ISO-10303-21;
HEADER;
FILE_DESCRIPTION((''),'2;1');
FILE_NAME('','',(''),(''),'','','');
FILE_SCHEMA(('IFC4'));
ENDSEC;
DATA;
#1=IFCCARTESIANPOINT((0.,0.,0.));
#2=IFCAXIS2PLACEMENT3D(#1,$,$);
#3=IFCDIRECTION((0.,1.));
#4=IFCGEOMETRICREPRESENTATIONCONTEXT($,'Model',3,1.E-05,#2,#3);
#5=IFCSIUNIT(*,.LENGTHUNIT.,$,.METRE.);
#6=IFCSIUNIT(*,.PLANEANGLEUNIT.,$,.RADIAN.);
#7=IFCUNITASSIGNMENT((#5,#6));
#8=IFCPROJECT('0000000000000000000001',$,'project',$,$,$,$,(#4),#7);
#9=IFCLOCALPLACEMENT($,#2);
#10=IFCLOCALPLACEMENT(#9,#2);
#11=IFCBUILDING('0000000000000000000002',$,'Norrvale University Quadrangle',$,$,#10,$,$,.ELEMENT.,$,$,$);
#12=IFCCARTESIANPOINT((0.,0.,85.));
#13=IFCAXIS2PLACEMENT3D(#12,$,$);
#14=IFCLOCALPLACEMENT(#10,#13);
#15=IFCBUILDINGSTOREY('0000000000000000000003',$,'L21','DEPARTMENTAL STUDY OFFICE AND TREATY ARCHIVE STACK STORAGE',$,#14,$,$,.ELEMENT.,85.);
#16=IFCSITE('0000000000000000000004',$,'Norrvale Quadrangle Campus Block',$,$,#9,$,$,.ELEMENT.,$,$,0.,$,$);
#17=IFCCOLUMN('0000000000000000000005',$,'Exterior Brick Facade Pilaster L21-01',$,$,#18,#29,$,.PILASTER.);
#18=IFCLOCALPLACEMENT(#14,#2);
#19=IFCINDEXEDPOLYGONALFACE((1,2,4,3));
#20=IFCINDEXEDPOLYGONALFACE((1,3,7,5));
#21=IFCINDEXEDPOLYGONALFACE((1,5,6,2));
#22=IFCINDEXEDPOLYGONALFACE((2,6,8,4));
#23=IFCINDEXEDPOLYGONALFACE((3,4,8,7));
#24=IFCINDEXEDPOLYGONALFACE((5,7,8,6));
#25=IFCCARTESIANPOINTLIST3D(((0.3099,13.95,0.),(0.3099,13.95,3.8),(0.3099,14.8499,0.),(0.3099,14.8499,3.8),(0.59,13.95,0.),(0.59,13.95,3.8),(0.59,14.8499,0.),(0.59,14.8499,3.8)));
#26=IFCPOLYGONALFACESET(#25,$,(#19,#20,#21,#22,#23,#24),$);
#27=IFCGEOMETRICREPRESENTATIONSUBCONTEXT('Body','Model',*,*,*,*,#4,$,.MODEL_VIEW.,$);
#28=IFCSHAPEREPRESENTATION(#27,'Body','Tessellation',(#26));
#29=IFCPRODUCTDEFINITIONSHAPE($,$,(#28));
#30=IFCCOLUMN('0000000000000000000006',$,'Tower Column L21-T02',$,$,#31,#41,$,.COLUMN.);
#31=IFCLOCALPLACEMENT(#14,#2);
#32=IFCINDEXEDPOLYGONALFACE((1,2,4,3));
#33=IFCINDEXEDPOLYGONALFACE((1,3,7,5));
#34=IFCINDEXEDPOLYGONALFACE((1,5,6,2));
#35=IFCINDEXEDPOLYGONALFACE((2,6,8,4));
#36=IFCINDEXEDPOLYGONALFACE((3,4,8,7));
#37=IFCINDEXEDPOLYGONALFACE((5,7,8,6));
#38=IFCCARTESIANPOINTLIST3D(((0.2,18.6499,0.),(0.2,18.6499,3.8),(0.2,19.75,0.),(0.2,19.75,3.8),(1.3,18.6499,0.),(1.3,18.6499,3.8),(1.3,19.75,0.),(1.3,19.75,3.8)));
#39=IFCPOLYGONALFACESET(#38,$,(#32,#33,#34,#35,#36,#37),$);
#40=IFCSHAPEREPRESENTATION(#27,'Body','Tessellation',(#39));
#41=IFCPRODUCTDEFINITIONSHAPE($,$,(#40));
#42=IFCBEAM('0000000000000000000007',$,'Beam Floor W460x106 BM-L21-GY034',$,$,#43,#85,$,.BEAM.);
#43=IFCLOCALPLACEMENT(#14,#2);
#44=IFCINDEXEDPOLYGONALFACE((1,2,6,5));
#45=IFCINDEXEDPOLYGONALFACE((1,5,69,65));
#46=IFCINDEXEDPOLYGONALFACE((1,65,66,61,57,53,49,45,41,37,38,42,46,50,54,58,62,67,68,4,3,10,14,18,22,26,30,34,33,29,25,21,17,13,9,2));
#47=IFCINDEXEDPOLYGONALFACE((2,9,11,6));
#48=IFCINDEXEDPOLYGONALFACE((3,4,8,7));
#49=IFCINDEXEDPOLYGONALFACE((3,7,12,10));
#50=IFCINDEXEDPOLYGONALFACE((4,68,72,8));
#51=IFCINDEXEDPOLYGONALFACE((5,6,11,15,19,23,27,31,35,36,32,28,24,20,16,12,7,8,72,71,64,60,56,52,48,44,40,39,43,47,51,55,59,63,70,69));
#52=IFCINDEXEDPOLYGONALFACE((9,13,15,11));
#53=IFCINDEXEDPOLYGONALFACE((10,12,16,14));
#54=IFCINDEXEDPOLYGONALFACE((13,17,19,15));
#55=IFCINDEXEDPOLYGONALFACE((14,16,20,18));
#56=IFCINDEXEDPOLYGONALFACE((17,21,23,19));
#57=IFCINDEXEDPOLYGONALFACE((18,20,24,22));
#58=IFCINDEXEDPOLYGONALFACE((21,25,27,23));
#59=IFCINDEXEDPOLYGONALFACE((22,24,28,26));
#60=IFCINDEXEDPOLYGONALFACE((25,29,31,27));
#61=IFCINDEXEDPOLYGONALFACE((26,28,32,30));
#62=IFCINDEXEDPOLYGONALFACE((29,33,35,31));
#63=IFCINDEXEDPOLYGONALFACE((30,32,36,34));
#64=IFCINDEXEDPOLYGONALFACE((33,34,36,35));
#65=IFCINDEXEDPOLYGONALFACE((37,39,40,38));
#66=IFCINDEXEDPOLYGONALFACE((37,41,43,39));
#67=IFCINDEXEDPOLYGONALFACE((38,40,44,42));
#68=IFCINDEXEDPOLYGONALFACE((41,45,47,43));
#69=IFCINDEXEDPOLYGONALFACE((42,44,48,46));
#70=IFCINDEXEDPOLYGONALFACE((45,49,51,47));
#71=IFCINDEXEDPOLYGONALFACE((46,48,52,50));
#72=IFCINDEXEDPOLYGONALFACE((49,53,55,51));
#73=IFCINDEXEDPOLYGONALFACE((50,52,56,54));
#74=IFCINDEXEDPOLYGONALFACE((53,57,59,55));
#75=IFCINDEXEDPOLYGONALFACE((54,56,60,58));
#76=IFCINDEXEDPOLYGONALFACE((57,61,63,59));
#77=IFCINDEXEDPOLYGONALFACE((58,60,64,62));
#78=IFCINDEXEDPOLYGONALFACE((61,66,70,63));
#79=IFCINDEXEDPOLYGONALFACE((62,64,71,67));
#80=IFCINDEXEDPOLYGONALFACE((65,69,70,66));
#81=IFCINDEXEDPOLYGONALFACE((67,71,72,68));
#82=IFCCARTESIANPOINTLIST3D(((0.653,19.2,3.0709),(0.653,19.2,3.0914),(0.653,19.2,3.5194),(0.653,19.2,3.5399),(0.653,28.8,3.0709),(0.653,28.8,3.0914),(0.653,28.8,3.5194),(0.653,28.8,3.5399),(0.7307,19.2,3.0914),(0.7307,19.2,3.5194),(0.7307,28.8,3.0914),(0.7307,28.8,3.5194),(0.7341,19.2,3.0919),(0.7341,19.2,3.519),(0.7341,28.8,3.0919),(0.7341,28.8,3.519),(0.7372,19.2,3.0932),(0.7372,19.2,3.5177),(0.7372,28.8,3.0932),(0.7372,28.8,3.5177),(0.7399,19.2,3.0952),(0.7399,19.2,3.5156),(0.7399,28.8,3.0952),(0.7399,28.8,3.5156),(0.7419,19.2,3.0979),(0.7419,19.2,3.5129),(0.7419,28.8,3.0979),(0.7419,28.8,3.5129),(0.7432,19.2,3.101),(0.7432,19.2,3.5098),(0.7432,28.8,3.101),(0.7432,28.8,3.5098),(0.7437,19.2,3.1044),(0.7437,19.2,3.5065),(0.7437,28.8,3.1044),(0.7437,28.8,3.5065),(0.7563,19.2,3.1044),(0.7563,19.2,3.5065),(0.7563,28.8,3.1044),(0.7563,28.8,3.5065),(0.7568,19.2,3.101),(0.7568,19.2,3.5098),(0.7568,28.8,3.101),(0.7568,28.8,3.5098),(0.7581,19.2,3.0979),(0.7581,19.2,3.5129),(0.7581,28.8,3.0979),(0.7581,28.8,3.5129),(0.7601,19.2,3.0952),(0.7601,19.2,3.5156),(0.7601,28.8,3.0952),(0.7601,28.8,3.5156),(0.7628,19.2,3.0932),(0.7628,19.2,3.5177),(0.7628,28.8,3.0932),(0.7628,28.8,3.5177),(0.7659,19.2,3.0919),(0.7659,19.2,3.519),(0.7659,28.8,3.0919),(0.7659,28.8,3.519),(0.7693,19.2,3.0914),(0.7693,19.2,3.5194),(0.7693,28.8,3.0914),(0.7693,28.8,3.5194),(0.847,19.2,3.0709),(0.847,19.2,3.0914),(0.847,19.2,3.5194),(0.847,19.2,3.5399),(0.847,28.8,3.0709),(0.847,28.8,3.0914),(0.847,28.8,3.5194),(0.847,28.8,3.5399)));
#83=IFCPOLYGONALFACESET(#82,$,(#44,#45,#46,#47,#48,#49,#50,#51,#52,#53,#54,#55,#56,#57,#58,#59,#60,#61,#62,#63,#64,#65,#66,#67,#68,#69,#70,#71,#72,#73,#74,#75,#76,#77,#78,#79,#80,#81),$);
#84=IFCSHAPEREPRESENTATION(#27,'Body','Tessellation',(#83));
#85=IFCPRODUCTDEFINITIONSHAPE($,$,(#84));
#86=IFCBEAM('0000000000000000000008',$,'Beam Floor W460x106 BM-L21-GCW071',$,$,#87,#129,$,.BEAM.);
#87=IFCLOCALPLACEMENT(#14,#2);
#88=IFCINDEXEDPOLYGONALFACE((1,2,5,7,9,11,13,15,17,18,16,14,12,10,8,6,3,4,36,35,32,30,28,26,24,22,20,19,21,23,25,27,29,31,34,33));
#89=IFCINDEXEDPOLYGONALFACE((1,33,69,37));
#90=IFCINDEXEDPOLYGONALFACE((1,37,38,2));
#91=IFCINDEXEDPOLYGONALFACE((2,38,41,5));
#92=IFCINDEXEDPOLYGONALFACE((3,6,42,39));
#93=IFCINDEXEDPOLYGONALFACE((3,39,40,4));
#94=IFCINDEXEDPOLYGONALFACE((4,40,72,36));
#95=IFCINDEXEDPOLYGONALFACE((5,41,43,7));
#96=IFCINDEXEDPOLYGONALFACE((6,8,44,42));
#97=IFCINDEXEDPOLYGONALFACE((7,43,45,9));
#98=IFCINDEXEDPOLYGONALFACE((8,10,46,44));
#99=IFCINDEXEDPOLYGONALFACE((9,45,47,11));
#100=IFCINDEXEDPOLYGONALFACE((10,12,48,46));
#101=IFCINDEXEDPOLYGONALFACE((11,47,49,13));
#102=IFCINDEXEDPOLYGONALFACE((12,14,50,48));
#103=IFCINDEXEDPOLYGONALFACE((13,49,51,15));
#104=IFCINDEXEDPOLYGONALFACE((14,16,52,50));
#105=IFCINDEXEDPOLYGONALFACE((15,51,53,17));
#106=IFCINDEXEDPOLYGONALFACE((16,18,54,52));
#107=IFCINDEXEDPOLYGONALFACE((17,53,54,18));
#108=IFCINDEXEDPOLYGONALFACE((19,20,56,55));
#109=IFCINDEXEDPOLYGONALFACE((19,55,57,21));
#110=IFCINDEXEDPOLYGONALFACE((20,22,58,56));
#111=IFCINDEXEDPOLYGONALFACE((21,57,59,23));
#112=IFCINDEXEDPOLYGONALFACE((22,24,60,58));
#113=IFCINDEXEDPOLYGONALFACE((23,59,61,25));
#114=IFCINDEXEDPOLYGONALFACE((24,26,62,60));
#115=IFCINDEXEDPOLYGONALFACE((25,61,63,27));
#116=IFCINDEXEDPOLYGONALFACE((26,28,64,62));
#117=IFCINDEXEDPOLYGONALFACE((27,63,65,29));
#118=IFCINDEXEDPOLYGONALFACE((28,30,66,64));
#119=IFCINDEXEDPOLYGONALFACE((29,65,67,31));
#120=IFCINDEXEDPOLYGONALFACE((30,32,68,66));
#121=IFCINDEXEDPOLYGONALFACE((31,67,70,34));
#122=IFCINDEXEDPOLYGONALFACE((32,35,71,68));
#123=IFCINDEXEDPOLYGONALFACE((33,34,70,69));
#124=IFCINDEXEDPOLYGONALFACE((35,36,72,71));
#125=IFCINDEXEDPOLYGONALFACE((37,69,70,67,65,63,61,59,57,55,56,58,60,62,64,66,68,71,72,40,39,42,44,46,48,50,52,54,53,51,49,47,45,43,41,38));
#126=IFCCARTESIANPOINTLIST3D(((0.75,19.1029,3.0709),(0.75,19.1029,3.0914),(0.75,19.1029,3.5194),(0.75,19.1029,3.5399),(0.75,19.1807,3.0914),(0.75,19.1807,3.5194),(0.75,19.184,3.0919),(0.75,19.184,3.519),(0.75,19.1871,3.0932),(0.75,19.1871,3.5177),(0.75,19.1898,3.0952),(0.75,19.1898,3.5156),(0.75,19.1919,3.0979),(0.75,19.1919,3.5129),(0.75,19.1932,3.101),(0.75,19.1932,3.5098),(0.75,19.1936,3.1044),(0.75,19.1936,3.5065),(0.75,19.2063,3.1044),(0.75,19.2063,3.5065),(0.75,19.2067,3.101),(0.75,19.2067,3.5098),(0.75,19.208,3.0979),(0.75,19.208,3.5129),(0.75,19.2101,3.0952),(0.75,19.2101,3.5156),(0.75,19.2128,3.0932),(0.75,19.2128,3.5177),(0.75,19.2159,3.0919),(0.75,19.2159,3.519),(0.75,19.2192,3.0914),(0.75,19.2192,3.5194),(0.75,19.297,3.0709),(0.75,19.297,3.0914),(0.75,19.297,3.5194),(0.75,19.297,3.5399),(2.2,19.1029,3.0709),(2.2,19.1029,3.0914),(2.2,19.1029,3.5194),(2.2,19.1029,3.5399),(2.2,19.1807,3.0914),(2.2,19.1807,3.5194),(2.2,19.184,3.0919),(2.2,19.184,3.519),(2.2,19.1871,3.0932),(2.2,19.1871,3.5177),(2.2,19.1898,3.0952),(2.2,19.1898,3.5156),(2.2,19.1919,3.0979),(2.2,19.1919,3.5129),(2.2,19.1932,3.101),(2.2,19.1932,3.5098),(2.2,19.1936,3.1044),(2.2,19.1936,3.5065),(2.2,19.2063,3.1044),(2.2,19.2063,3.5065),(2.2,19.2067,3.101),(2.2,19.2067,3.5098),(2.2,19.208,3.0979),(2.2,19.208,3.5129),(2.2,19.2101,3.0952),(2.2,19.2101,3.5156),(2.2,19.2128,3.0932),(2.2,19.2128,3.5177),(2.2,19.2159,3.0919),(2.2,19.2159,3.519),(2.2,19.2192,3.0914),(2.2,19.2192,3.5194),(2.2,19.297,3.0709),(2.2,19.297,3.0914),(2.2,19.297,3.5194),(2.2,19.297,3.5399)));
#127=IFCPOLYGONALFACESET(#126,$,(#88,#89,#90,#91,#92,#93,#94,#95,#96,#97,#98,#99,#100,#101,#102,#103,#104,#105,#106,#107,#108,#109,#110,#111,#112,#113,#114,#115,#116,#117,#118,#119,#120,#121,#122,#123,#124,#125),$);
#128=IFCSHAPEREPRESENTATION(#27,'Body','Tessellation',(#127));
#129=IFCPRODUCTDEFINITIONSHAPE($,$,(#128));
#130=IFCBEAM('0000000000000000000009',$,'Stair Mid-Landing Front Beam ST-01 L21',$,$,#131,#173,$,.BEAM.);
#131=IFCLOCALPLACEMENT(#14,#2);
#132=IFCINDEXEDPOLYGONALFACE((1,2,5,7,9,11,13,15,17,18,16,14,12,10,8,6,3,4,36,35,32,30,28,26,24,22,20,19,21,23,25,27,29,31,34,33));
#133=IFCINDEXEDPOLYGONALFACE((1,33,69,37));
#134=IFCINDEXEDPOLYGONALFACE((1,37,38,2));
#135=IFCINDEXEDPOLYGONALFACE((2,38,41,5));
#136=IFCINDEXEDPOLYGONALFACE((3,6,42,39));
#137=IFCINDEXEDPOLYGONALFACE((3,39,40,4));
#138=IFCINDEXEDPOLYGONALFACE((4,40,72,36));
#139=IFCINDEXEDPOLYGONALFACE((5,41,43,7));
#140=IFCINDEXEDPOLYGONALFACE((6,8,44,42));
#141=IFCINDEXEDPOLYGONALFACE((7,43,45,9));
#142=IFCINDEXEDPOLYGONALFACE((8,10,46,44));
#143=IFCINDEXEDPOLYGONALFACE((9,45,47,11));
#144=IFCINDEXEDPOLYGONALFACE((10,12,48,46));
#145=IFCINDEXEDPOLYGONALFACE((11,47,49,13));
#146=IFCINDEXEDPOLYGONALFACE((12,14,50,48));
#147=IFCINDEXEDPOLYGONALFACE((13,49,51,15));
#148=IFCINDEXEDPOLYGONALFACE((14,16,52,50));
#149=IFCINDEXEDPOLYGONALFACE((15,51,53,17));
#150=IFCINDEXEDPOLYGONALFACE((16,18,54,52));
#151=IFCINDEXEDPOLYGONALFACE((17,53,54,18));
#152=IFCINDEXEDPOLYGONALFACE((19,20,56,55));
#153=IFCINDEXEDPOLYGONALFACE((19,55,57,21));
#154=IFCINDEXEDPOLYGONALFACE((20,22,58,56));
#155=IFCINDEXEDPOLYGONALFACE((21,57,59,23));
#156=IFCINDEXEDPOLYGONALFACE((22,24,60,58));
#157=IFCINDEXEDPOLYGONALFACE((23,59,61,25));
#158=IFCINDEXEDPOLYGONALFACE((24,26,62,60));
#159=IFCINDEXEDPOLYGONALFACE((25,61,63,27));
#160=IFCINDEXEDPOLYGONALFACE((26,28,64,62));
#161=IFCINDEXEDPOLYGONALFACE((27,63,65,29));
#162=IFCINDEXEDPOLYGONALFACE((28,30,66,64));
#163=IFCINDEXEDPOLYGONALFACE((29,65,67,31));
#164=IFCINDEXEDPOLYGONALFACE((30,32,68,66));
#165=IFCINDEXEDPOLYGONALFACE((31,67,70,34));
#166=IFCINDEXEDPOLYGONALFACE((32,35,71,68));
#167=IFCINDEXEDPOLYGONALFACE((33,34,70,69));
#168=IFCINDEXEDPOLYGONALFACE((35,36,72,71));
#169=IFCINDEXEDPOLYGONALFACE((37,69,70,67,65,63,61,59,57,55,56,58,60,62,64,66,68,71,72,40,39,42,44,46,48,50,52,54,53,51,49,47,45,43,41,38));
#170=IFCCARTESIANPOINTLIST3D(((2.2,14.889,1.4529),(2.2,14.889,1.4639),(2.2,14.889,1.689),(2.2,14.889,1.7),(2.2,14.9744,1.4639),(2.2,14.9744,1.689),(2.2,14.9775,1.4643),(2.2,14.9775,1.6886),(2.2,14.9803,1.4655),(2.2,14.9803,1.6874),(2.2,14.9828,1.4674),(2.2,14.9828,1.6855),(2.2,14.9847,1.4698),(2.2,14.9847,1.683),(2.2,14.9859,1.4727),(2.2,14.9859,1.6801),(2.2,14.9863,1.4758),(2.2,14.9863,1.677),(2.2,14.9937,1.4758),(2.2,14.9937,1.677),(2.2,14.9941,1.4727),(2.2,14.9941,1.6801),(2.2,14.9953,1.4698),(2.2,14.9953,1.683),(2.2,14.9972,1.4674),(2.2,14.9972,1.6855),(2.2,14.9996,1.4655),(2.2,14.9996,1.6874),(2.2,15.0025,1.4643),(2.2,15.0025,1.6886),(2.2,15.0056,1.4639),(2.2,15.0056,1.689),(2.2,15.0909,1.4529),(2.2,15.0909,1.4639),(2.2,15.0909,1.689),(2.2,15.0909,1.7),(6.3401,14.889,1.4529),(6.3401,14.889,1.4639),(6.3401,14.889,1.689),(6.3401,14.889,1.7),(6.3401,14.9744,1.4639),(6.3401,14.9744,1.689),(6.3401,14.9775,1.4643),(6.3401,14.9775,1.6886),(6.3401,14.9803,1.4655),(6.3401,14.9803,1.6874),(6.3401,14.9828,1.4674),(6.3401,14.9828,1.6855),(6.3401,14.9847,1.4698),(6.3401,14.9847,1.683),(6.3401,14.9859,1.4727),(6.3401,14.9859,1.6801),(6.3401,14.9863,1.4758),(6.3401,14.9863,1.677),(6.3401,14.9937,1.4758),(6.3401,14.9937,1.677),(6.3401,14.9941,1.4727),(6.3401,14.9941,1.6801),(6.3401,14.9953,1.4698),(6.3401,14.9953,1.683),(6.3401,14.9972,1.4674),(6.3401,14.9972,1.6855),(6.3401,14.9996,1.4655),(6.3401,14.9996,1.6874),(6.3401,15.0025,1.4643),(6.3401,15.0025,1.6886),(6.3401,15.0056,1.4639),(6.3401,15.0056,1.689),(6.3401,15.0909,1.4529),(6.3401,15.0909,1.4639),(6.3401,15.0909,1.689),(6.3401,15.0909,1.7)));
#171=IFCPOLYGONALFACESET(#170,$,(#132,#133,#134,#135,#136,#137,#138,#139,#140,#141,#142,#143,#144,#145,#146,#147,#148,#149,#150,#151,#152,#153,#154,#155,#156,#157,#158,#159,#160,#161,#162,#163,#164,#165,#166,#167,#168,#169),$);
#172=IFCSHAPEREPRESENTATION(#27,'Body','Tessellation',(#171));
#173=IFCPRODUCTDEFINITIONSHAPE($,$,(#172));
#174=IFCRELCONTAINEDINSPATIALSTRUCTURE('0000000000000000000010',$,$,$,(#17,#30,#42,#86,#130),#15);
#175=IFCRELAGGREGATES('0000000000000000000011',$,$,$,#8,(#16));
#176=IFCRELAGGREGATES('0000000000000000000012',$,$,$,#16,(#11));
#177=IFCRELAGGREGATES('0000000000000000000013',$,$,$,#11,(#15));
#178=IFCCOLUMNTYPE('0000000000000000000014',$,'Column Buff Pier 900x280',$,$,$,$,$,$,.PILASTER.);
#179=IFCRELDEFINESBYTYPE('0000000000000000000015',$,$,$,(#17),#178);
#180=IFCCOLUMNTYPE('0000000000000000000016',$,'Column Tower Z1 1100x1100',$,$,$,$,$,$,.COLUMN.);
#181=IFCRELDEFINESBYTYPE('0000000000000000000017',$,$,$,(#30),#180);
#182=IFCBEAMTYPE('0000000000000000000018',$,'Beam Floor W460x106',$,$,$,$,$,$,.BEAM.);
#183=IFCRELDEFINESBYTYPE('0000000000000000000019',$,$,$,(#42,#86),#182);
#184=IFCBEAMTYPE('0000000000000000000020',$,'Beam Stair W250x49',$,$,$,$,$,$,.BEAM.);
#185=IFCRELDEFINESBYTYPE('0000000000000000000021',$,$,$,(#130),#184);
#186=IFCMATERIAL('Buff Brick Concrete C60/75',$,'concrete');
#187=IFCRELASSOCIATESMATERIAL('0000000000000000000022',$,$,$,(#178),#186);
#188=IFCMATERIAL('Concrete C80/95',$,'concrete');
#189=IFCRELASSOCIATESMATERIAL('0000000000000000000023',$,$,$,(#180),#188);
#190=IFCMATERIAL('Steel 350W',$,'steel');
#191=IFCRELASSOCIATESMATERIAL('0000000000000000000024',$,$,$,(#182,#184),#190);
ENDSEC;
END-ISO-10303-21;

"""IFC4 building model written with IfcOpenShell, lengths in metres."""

from ifc_helpers import new_model, si_unit, direction, frame, origin, origin_2d, place, context, subcontext, project, spatial, rectangle, i_section, extrude, material, material_profile, profile_set, type_object, element, save


model = new_model("IFC4")

# Units and contexts
model_context = context("Model", 3, precision=1e-05, world=origin(), true_north=direction((0.0, 1.0)))
body_context = subcontext(model_context, "Body", "Model", "MODEL_VIEW")
ifc_project = project(units=[si_unit("LENGTHUNIT", "METRE"), si_unit("PLANEANGLEUNIT", "RADIAN")], contexts=[model_context])

# Site, building, storey
site_placement = place(None, origin())
site = spatial("IfcSite", under=ifc_project, at=site_placement, Name="Norrvale Quadrangle Campus Block", CompositionType="ELEMENT", RefElevation=0.0)
building_placement = place(site_placement, origin())
building = spatial("IfcBuilding", under=site, at=building_placement, Name="Norrvale University Quadrangle", CompositionType="ELEMENT")
storey_placement = place(building_placement, frame((0.0, 0.0, 85.0)))
storey = spatial("IfcBuildingStorey", under=building, at=storey_placement, Name="L21", Description="DEPARTMENTAL STUDY OFFICE AND TREATY ARCHIVE STACK STORAGE", CompositionType="ELEMENT", Elevation=85.0)

# Columns
ifc_material_1 = material(Name="Buff Brick Concrete C60/75", Category="concrete")
ifc_material_profile_1 = material_profile(ifc_material_1, rectangle(XDim=0.8999, YDim=0.28, at=origin_2d()), Name="Buff Brick Concrete C60/75")
ifc_profile_set_1 = profile_set([ifc_material_profile_1], Name="Buff Brick Concrete C60/75")
column_type_1 = type_object("IfcColumnType", Name="Column Buff Pier 900x280", PredefinedType="PILASTER", material=ifc_profile_set_1)
column_1_placement = place(storey_placement, frame((0.45, 14.3999, 0.0), z_axis=(0.0, 0.0, 1.0), x_axis=(0.0, 1.0, 0.0)))
element("IfcColumn", 1, at=column_1_placement, inside=storey, type_object=column_type_1, Name="Exterior Brick Facade Pilaster L21-01", PredefinedType="PILASTER", context=body_context, shape_type="SweptSolid", body=[
    extrude(rectangle(XDim=0.8999, YDim=0.28, at=origin_2d()), origin(), (0.0, 0.0, 1.0), 3.8),
])
ifc_material_2 = material(Name="Concrete C80/95", Category="concrete")
ifc_material_profile_2 = material_profile(ifc_material_2, rectangle(XDim=1.1001, YDim=1.1001, at=origin_2d()), Name="Concrete C80/95")
ifc_profile_set_2 = profile_set([ifc_material_profile_2], Name="Concrete C80/95")
column_type_2 = type_object("IfcColumnType", Name="Column Tower Z1 1100x1100", PredefinedType="COLUMN", material=ifc_profile_set_2)
column_2_placement = place(storey_placement, frame((0.75, 19.2, 0.0), z_axis=(0.0, 0.0, 1.0), x_axis=(1.0, 0.0, 0.0)))
element("IfcColumn", 2, at=column_2_placement, inside=storey, type_object=column_type_2, Name="Tower Column L21-T02", PredefinedType="COLUMN", context=body_context, shape_type="SweptSolid", body=[
    extrude(rectangle(XDim=1.1001, YDim=1.1001, at=origin_2d()), origin(), (0.0, 0.0, 1.0), 3.8),
])

# Beams
ifc_material_3 = material(Name="Steel 350W", Category="steel")
ifc_material_profile_3 = material_profile(ifc_material_3, i_section(OverallWidth=0.1941, OverallDepth=0.469, WebThickness=0.0127, FlangeThickness=0.0205, FilletRadius=0.0129, at=origin_2d()), Name="Steel 350W")
ifc_profile_set_3 = profile_set([ifc_material_profile_3], Name="Steel 350W")
beam_type_1 = type_object("IfcBeamType", Name="Beam Floor W460x106", PredefinedType="BEAM", material=ifc_profile_set_3)
beam_1_placement = place(storey_placement, frame((0.75, 19.2, 3.3054), z_axis=(0.0, 1.0, 0.0), x_axis=(-1.0, 0.0, 0.0)))
element("IfcBeam", 3, at=beam_1_placement, inside=storey, type_object=beam_type_1, Name="Beam Floor W460x106 BM-L21-GY034", PredefinedType="BEAM", context=body_context, shape_type="SweptSolid", body=[
    extrude(i_section(OverallWidth=0.1941, OverallDepth=0.469, WebThickness=0.0127, FlangeThickness=0.0205, FilletRadius=0.0129, at=origin_2d()), origin(), (0.0, 0.0, 1.0), 9.6001),
])
beam_2_placement = place(storey_placement, frame((0.75, 19.2, 3.3054), z_axis=(1.0, 0.0, 0.0), x_axis=(0.0, 1.0, 0.0)))
element("IfcBeam", 4, at=beam_2_placement, inside=storey, type_object=beam_type_1, Name="Beam Floor W460x106 BM-L21-GCW071", PredefinedType="BEAM", context=body_context, shape_type="SweptSolid", body=[
    extrude(i_section(OverallWidth=0.1941, OverallDepth=0.469, WebThickness=0.0127, FlangeThickness=0.0205, FilletRadius=0.0129, at=origin_2d()), origin(), (0.0, 0.0, 1.0), 1.45),
])
ifc_material_profile_4 = material_profile(ifc_material_3, i_section(OverallWidth=0.2019, OverallDepth=0.2471, WebThickness=0.0073, FlangeThickness=0.011, FilletRadius=0.012, at=origin_2d()), Name="Steel 350W")
ifc_profile_set_4 = profile_set([ifc_material_profile_4], Name="Steel 350W")
beam_type_2 = type_object("IfcBeamType", Name="Beam Stair W250x49", PredefinedType="BEAM", material=ifc_profile_set_4)
for number, where, z_axis, x_axis, name in (
    (5, (2.2, 14.99, 1.5764), (1.0, 0.0, 0.0), (0.0, 1.0, 0.0), "Stair Mid-Landing Front Beam ST-01 L21"),
):
    element("IfcBeam", number, at=place(storey_placement, frame(where, z_axis=z_axis, x_axis=x_axis)), inside=storey, type_object=beam_type_2, Name=name, PredefinedType="BEAM", context=body_context, shape_type="SweptSolid", body=[
        extrude(i_section(OverallWidth=0.2019, OverallDepth=0.2471, WebThickness=0.0073, FlangeThickness=0.011, FilletRadius=0.012, at=origin_2d()), origin(), (0.0, 0.0, 1.0), 4.1401),
    ])

save(model, "model.ifc")
